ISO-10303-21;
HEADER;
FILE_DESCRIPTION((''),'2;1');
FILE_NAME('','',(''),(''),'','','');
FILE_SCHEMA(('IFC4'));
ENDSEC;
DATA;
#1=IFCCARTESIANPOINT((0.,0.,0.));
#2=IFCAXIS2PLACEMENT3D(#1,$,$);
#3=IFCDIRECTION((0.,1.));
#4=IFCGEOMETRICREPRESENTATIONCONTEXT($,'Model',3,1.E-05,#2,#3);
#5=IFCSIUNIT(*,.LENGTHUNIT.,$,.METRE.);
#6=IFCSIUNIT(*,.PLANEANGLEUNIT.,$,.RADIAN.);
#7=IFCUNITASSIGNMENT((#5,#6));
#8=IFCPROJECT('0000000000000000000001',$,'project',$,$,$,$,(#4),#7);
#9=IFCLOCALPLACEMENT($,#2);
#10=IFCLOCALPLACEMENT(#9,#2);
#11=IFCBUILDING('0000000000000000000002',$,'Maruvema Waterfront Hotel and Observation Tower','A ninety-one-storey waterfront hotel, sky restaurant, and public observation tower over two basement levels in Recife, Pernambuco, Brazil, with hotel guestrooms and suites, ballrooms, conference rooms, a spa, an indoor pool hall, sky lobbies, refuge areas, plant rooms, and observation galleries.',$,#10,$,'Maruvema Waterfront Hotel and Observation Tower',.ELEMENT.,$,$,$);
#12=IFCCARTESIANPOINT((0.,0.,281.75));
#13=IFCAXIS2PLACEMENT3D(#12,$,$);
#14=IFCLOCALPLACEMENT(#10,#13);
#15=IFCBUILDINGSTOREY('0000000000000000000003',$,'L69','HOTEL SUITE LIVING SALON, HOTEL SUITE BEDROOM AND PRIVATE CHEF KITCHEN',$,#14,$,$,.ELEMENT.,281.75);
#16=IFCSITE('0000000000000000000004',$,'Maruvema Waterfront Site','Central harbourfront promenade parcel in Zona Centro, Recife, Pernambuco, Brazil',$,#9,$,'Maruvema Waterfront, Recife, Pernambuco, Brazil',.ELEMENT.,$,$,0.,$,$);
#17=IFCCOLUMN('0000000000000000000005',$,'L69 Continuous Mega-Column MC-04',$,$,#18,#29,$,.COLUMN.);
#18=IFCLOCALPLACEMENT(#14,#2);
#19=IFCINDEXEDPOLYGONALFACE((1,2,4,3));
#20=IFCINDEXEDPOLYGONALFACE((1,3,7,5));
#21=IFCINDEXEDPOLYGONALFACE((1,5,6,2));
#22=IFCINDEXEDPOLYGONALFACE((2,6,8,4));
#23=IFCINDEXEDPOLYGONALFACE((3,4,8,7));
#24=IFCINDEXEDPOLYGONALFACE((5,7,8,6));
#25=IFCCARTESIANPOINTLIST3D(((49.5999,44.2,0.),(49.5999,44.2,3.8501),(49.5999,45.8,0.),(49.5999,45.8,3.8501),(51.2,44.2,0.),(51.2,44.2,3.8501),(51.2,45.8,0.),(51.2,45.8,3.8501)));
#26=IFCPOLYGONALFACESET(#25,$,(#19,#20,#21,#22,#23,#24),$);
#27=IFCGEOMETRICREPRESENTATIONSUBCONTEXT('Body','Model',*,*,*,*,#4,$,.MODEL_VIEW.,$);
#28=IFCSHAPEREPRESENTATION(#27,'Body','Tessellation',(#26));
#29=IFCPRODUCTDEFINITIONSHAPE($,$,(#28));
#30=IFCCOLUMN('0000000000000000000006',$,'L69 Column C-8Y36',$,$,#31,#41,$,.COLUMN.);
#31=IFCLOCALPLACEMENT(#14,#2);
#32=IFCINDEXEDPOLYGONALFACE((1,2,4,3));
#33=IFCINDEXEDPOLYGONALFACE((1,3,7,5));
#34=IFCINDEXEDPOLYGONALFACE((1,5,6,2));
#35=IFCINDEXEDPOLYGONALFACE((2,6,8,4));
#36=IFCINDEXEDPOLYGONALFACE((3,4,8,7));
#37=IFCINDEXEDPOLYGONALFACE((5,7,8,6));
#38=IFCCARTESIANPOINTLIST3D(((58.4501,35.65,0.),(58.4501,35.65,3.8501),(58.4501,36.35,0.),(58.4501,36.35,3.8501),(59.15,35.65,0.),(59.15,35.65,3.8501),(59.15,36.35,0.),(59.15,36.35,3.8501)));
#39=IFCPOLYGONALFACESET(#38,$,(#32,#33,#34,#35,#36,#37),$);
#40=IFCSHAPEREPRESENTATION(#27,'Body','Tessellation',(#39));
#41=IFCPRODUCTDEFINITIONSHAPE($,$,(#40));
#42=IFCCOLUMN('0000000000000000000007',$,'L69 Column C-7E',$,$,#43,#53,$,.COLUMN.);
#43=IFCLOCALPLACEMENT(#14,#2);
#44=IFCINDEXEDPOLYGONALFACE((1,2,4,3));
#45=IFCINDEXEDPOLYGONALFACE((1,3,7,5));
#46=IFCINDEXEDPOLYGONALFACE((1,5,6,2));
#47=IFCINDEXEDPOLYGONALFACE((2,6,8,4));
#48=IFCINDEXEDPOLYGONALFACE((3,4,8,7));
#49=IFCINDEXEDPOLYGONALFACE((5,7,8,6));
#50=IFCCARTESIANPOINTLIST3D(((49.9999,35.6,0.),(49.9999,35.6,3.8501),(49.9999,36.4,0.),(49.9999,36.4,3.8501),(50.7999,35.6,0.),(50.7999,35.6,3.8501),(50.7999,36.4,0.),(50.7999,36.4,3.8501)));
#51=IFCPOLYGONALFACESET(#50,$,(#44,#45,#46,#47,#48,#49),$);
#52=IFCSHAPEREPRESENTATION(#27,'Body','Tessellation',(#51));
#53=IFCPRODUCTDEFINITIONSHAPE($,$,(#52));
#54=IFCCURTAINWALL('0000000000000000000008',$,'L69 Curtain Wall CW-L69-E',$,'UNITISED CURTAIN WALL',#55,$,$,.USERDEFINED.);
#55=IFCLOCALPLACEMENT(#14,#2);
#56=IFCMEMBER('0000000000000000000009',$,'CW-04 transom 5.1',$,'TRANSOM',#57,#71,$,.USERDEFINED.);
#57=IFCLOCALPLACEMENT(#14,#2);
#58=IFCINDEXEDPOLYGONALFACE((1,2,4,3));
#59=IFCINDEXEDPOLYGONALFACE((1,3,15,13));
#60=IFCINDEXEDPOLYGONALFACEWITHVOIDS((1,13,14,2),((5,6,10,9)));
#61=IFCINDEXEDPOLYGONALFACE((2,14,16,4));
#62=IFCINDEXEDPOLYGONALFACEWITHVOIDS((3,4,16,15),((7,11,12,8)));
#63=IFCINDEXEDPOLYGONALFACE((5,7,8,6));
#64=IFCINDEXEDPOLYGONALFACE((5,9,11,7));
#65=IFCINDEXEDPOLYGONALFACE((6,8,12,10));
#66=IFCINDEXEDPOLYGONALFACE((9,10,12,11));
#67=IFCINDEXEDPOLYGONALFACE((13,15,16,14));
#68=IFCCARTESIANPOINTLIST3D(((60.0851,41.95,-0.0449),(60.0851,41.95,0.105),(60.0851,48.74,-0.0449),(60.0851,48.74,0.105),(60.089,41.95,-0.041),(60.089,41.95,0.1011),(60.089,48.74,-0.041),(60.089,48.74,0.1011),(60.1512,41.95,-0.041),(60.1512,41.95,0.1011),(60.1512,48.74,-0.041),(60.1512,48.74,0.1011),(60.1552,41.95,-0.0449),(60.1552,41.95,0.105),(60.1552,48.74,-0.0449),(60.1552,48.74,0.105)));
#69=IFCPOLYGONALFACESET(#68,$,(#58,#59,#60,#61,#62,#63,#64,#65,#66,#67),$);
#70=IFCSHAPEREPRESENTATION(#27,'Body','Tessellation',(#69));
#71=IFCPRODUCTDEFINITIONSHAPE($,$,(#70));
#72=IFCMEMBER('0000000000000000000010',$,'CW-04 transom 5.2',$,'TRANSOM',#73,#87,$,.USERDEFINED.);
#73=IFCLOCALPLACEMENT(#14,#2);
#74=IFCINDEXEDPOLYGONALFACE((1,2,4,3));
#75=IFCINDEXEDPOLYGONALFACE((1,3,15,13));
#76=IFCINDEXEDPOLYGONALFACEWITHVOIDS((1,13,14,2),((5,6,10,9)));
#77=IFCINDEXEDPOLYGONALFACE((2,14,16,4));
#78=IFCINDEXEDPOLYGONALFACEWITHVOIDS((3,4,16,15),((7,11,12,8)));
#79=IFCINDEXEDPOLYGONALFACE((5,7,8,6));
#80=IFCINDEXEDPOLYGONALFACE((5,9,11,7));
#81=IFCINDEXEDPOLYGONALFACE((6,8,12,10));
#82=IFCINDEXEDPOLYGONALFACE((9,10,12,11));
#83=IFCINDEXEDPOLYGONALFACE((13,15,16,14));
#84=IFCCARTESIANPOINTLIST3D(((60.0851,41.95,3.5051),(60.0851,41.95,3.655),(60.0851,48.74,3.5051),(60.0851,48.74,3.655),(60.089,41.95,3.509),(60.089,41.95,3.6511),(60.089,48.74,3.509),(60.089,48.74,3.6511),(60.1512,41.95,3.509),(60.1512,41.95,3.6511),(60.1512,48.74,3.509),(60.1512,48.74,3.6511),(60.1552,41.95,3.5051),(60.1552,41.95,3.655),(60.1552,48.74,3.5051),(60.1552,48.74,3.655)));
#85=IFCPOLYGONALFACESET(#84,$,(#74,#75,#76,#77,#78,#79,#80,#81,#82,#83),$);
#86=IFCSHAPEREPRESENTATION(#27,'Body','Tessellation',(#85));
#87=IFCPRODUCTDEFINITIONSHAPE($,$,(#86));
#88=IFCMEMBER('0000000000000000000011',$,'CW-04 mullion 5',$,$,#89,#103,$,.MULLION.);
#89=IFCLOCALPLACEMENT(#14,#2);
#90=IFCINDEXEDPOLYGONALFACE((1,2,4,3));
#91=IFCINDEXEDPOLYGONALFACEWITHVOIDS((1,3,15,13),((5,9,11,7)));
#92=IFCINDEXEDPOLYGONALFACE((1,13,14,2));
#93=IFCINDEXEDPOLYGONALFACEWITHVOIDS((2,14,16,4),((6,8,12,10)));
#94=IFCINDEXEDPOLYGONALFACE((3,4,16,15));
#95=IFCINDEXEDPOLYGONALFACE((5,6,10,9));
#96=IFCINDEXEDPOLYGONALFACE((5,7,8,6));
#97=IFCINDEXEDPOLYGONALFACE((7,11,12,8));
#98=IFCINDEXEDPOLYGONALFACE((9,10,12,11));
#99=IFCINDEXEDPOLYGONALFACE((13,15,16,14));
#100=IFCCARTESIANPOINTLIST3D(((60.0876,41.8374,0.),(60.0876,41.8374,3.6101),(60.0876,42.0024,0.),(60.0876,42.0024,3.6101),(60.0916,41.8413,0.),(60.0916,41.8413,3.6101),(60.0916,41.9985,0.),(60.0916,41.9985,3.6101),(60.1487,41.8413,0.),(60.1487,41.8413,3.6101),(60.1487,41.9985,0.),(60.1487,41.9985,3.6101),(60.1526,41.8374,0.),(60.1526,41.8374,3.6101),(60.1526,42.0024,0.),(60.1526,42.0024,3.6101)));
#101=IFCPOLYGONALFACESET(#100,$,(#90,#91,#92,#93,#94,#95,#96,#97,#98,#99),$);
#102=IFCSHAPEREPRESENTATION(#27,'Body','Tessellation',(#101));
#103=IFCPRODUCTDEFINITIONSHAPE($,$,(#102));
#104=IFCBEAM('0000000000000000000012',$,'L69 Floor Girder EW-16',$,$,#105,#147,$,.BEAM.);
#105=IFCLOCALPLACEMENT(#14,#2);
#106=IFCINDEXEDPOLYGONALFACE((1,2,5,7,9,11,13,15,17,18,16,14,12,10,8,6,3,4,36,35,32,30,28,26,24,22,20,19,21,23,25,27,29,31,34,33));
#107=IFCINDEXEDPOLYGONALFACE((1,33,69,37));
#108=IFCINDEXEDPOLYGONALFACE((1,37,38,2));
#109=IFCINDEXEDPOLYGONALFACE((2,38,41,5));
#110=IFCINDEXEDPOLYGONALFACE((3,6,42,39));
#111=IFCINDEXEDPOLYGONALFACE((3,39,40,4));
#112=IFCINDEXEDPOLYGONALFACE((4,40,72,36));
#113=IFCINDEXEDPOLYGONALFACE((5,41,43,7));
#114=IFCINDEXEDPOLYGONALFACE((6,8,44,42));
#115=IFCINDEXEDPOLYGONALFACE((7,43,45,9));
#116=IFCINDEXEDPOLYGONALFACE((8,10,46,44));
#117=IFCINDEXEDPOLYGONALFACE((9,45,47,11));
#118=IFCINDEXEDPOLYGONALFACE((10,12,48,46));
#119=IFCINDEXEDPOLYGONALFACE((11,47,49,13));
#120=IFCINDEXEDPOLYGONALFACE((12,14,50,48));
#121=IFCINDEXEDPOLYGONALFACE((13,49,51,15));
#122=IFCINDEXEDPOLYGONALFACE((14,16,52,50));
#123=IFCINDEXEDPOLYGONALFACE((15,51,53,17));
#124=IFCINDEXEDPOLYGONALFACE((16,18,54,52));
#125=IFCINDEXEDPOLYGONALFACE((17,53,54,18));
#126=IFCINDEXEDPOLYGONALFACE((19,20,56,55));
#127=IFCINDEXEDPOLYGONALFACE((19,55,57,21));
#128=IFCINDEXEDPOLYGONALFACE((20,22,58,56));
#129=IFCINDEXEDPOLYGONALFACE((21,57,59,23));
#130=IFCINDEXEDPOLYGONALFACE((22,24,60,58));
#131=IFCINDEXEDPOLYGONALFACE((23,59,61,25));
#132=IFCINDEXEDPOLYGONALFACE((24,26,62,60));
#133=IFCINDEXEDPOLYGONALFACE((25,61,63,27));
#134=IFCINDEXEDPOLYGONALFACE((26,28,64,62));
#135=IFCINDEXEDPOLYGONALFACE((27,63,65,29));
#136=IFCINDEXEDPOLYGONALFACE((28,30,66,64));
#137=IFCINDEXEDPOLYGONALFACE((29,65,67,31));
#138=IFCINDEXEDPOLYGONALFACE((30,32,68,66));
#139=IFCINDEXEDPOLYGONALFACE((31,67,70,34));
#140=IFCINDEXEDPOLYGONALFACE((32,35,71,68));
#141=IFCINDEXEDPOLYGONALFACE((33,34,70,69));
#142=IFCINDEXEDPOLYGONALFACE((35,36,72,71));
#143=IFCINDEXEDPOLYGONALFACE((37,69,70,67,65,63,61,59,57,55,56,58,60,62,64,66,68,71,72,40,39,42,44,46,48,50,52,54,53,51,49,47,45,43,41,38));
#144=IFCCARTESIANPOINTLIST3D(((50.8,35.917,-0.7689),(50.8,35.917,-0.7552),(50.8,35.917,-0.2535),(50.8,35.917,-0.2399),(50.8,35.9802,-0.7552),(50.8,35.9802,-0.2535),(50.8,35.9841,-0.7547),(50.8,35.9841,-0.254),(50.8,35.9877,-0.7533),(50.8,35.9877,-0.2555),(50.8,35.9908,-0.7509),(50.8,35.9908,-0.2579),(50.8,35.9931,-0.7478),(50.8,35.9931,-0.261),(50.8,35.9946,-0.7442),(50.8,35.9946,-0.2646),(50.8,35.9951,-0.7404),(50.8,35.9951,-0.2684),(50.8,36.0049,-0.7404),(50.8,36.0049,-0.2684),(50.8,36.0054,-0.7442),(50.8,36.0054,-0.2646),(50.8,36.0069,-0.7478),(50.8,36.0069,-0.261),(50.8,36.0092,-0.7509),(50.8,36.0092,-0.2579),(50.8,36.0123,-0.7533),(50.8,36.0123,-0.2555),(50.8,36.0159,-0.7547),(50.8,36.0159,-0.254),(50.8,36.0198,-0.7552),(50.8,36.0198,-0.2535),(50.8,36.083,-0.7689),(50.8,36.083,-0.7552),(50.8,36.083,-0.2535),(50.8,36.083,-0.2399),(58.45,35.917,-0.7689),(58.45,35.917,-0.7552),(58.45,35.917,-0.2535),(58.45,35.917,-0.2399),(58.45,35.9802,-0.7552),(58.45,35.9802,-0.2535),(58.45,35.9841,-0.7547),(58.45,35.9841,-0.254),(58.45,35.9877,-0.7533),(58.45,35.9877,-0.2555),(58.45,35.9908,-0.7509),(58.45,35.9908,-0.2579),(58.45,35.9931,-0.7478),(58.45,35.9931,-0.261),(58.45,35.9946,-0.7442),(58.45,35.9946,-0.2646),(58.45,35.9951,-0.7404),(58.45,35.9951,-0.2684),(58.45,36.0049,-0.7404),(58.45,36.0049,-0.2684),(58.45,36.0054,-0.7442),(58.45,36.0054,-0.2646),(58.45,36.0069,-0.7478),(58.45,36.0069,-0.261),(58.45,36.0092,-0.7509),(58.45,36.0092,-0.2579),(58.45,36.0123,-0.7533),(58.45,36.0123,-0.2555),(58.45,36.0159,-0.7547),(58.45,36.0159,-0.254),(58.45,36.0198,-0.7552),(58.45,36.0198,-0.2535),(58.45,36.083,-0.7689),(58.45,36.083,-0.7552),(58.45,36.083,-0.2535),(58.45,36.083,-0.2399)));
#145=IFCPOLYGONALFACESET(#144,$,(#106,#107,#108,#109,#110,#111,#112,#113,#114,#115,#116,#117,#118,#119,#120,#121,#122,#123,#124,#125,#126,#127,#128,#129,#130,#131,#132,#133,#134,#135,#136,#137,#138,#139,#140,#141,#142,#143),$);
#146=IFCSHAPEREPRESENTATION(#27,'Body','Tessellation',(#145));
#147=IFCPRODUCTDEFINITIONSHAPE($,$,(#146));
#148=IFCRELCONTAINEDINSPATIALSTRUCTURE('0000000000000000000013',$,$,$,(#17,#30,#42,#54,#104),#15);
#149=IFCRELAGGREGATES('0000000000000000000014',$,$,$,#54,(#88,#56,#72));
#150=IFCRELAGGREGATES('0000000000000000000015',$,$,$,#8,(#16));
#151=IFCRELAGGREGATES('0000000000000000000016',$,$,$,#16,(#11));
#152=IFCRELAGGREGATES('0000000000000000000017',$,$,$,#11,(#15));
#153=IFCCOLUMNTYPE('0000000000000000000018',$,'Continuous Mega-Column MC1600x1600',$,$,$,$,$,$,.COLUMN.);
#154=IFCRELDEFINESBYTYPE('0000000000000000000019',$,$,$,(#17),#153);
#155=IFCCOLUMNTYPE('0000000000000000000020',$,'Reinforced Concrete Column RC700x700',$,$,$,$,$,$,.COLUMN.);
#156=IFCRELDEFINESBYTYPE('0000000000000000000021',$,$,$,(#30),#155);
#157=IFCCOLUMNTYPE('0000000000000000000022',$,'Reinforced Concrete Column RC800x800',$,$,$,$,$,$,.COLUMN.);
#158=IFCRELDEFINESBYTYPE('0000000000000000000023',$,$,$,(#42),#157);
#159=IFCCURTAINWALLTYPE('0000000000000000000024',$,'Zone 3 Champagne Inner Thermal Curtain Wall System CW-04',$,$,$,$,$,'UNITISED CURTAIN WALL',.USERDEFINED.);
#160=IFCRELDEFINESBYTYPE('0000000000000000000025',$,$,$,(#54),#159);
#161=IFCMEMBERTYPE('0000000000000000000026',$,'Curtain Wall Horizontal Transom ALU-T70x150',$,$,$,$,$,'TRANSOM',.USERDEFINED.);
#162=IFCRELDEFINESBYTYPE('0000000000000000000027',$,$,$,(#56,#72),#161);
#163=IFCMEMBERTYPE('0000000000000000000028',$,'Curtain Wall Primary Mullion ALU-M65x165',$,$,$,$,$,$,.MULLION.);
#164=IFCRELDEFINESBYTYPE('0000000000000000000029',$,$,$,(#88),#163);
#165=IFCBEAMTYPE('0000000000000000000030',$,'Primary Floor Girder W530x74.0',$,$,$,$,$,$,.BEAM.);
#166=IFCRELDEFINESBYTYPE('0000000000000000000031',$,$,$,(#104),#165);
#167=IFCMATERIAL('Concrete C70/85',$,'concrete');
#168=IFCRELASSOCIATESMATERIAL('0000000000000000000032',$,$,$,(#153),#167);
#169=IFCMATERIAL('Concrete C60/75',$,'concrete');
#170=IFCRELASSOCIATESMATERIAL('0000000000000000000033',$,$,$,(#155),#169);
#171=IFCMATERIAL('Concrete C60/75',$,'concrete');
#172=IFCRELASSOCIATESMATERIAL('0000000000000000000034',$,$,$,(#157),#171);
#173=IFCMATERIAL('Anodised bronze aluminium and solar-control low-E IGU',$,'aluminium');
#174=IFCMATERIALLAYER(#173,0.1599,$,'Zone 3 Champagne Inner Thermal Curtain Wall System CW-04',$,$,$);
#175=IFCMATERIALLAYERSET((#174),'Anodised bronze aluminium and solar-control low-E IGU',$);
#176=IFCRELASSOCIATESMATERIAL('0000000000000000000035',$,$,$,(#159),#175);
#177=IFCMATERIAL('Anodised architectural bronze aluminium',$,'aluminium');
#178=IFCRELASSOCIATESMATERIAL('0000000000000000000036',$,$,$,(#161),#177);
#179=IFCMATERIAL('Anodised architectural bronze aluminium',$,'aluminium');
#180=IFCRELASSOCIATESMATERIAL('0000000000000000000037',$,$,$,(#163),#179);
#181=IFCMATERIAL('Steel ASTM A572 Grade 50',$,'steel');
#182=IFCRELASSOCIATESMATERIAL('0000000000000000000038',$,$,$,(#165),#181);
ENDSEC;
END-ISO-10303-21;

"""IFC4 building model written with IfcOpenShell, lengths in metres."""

from ifc_helpers import new_model, si_unit, direction, frame, origin, origin_2d, place, context, subcontext, project, spatial, rectangle, hollow_rectangle, i_section, extrude, material, layer, layer_set, material_profile, profile_set, type_object, element, aggregate, save


model = new_model("IFC4")

# Units and contexts
model_context = context("Model", 3, precision=1e-05, world=origin(), true_north=direction((0.0, 1.0)))
body_context = subcontext(model_context, "Body", "Model", "MODEL_VIEW")
ifc_project = project(units=[si_unit("LENGTHUNIT", "METRE"), si_unit("PLANEANGLEUNIT", "RADIAN")], contexts=[model_context])

# Site, building, storey
site_placement = place(None, origin())
site = spatial("IfcSite", under=ifc_project, at=site_placement, Name="Maruvema Waterfront Site", Description="Central harbourfront promenade parcel in Zona Centro, Recife, Pernambuco, Brazil", LongName="Maruvema Waterfront, Recife, Pernambuco, Brazil", CompositionType="ELEMENT", RefElevation=0.0)
building_placement = place(site_placement, origin())
building = spatial("IfcBuilding", under=site, at=building_placement, Name="Maruvema Waterfront Hotel and Observation Tower", Description="A ninety-one-storey waterfront hotel, sky restaurant, and public observation tower over two basement levels in Recife, Pernambuco, Brazil, with hotel guestrooms and suites, ballrooms, conference rooms, a spa, an indoor pool hall, sky lobbies, refuge areas, plant rooms, and observation galleries.", LongName="Maruvema Waterfront Hotel and Observation Tower", CompositionType="ELEMENT")
storey_placement = place(building_placement, frame((0.0, 0.0, 281.75)))
storey = spatial("IfcBuildingStorey", under=building, at=storey_placement, Name="L69", Description="HOTEL SUITE LIVING SALON, HOTEL SUITE BEDROOM AND PRIVATE CHEF KITCHEN", CompositionType="ELEMENT", Elevation=281.75)

# Columns
ifc_material_1 = material(Name="Concrete C70/85", Category="concrete")
ifc_material_profile_1 = material_profile(ifc_material_1, rectangle(XDim=1.6001, YDim=1.6001, at=origin_2d()), Name="MC1600x1600")
ifc_profile_set_1 = profile_set([ifc_material_profile_1], Name="Concrete C70/85")
column_type_1 = type_object("IfcColumnType", Name="Continuous Mega-Column MC1600x1600", PredefinedType="COLUMN", material=ifc_profile_set_1)
column_1_placement = place(storey_placement, frame((50.3999, 45.0, 0.0), z_axis=(0.0, 0.0, 1.0), x_axis=(1.0, 0.0, 0.0)))
element("IfcColumn", 1, at=column_1_placement, inside=storey, type_object=column_type_1, Name="L69 Continuous Mega-Column MC-04", PredefinedType="COLUMN", context=body_context, shape_type="SweptSolid", body=[
    extrude(rectangle(XDim=1.6001, YDim=1.6001, at=origin_2d()), origin(), (0.0, 0.0, 1.0), 3.8501),
])
ifc_material_2 = material(Name="Concrete C60/75", Category="concrete")
ifc_material_profile_2 = material_profile(ifc_material_2, rectangle(XDim=0.7, YDim=0.7, at=origin_2d()), Name="RC700x700")
ifc_profile_set_2 = profile_set([ifc_material_profile_2], Name="Concrete C60/75")
column_type_2 = type_object("IfcColumnType", Name="Reinforced Concrete Column RC700x700", PredefinedType="COLUMN", material=ifc_profile_set_2)
column_2_placement = place(storey_placement, frame((58.8, 36.0, 0.0), z_axis=(0.0, 0.0, 1.0), x_axis=(1.0, 0.0, 0.0)))
element("IfcColumn", 2, at=column_2_placement, inside=storey, type_object=column_type_2, Name="L69 Column C-8Y36", PredefinedType="COLUMN", context=body_context, shape_type="SweptSolid", body=[
    extrude(rectangle(XDim=0.7, YDim=0.7, at=origin_2d()), origin(), (0.0, 0.0, 1.0), 3.8501),
])
ifc_material_3 = material(Name="Concrete C60/75", Category="concrete")
ifc_material_profile_3 = material_profile(ifc_material_3, rectangle(XDim=0.8, YDim=0.8, at=origin_2d()), Name="RC800x800")
ifc_profile_set_3 = profile_set([ifc_material_profile_3], Name="Concrete C60/75")
column_type_3 = type_object("IfcColumnType", Name="Reinforced Concrete Column RC800x800", PredefinedType="COLUMN", material=ifc_profile_set_3)
column_3_placement = place(storey_placement, frame((50.3999, 36.0, 0.0), z_axis=(0.0, 0.0, 1.0), x_axis=(1.0, 0.0, 0.0)))
element("IfcColumn", 3, at=column_3_placement, inside=storey, type_object=column_type_3, Name="L69 Column C-7E", PredefinedType="COLUMN", context=body_context, shape_type="SweptSolid", body=[
    extrude(rectangle(XDim=0.8, YDim=0.8, at=origin_2d()), origin(), (0.0, 0.0, 1.0), 3.8501),
])

# Curtain wall, members
ifc_material_4 = material(Name="Anodised bronze aluminium and solar-control low-E IGU", Category="aluminium")
ifc_layer_1 = layer(ifc_material_4, 0.1599, Name="Zone 3 Champagne Inner Thermal Curtain Wall System CW-04")
ifc_layer_set_1 = layer_set([ifc_layer_1], Name="Anodised bronze aluminium and solar-control low-E IGU")
curtain_wall_type = type_object("IfcCurtainWallType", Name="Zone 3 Champagne Inner Thermal Curtain Wall System CW-04", ElementType="UNITISED CURTAIN WALL", PredefinedType="USERDEFINED", material=ifc_layer_set_1)
curtain_wall_placement = place(storey_placement, origin())
curtain_wall = element("IfcCurtainWall", 4, at=curtain_wall_placement, inside=storey, type_object=curtain_wall_type, Name="L69 Curtain Wall CW-L69-E", ObjectType="UNITISED CURTAIN WALL", PredefinedType="USERDEFINED")
ifc_material_5 = material(Name="Anodised architectural bronze aluminium", Category="aluminium")
ifc_material_profile_4 = material_profile(ifc_material_5, hollow_rectangle(XDim=0.0701, YDim=0.1499, WallThickness=0.0039, at=origin_2d()), Name="ALU-T70x150")
ifc_profile_set_4 = profile_set([ifc_material_profile_4], Name="Anodised architectural bronze aluminium")
member_type_1 = type_object("IfcMemberType", Name="Curtain Wall Horizontal Transom ALU-T70x150", ElementType="TRANSOM", PredefinedType="USERDEFINED", material=ifc_profile_set_4)
member_1_placement = place(storey_placement, frame((60.1201, 41.95, 0.03), z_axis=(0.0, 1.0, 0.0), x_axis=(-1.0, 0.0, 0.0)))
member_1 = element("IfcMember", 5, at=member_1_placement, type_object=member_type_1, Name="CW-04 transom 5.1", ObjectType="TRANSOM", PredefinedType="USERDEFINED", context=body_context, shape_type="SweptSolid", body=[
    extrude(hollow_rectangle(XDim=0.0701, YDim=0.1499, WallThickness=0.0039, at=origin_2d()), origin(), (0.0, 0.0, 1.0), 6.79),
])
member_2_placement = place(storey_placement, frame((60.1201, 41.95, 3.5801), z_axis=(0.0, 1.0, 0.0), x_axis=(-1.0, 0.0, 0.0)))
member_2 = element("IfcMember", 6, at=member_2_placement, type_object=member_type_1, Name="CW-04 transom 5.2", ObjectType="TRANSOM", PredefinedType="USERDEFINED", context=body_context, shape_type="SweptSolid", body=[
    extrude(hollow_rectangle(XDim=0.0701, YDim=0.1499, WallThickness=0.0039, at=origin_2d()), origin(), (0.0, 0.0, 1.0), 6.79),
])
ifc_material_6 = material(Name="Anodised architectural bronze aluminium", Category="aluminium")
ifc_material_profile_5 = material_profile(ifc_material_6, hollow_rectangle(XDim=0.0649, YDim=0.165, WallThickness=0.0039, at=origin_2d()), Name="ALU-M65x165")
ifc_profile_set_5 = profile_set([ifc_material_profile_5], Name="Anodised architectural bronze aluminium")
member_type_2 = type_object("IfcMemberType", Name="Curtain Wall Primary Mullion ALU-M65x165", PredefinedType="MULLION", material=ifc_profile_set_5)
member_3_placement = place(storey_placement, frame((60.1201, 41.9199, 0.0), z_axis=(0.0, 0.0, 1.0), x_axis=(-1.0, 0.0, 0.0)))
member_3 = element("IfcMember", 7, at=member_3_placement, type_object=member_type_2, Name="CW-04 mullion 5", PredefinedType="MULLION", context=body_context, shape_type="SweptSolid", body=[
    extrude(hollow_rectangle(XDim=0.0649, YDim=0.165, WallThickness=0.0039, at=origin_2d()), origin(), (0.0, 0.0, 1.0), 3.6101),
])

# Beam
ifc_material_7 = material(Name="Steel ASTM A572 Grade 50", Category="steel")
ifc_material_profile_6 = material_profile(ifc_material_7, i_section(OverallWidth=0.166, OverallDepth=0.5291, WebThickness=0.0098, FlangeThickness=0.0137, FilletRadius=0.0149, at=origin_2d()), Name="W530x74.0")
ifc_profile_set_6 = profile_set([ifc_material_profile_6], Name="Steel ASTM A572 Grade 50")
beam_type_1 = type_object("IfcBeamType", Name="Primary Floor Girder W530x74.0", PredefinedType="BEAM", material=ifc_profile_set_6)
beam_1_placement = place(storey_placement, frame((50.8, 36.0, -0.5044), z_axis=(1.0, 0.0, 0.0), x_axis=(0.0, 1.0, 0.0)))
element("IfcBeam", 8, at=beam_1_placement, inside=storey, type_object=beam_type_1, Name="L69 Floor Girder EW-16", PredefinedType="BEAM", context=body_context, shape_type="SweptSolid", body=[
    extrude(i_section(OverallWidth=0.166, OverallDepth=0.5291, WebThickness=0.0098, FlangeThickness=0.0137, FilletRadius=0.0149, at=origin_2d()), origin(), (0.0, 0.0, 1.0), 7.6499),
])

aggregate(curtain_wall, [member_3, member_1, member_2])

save(model, "model.ifc")
